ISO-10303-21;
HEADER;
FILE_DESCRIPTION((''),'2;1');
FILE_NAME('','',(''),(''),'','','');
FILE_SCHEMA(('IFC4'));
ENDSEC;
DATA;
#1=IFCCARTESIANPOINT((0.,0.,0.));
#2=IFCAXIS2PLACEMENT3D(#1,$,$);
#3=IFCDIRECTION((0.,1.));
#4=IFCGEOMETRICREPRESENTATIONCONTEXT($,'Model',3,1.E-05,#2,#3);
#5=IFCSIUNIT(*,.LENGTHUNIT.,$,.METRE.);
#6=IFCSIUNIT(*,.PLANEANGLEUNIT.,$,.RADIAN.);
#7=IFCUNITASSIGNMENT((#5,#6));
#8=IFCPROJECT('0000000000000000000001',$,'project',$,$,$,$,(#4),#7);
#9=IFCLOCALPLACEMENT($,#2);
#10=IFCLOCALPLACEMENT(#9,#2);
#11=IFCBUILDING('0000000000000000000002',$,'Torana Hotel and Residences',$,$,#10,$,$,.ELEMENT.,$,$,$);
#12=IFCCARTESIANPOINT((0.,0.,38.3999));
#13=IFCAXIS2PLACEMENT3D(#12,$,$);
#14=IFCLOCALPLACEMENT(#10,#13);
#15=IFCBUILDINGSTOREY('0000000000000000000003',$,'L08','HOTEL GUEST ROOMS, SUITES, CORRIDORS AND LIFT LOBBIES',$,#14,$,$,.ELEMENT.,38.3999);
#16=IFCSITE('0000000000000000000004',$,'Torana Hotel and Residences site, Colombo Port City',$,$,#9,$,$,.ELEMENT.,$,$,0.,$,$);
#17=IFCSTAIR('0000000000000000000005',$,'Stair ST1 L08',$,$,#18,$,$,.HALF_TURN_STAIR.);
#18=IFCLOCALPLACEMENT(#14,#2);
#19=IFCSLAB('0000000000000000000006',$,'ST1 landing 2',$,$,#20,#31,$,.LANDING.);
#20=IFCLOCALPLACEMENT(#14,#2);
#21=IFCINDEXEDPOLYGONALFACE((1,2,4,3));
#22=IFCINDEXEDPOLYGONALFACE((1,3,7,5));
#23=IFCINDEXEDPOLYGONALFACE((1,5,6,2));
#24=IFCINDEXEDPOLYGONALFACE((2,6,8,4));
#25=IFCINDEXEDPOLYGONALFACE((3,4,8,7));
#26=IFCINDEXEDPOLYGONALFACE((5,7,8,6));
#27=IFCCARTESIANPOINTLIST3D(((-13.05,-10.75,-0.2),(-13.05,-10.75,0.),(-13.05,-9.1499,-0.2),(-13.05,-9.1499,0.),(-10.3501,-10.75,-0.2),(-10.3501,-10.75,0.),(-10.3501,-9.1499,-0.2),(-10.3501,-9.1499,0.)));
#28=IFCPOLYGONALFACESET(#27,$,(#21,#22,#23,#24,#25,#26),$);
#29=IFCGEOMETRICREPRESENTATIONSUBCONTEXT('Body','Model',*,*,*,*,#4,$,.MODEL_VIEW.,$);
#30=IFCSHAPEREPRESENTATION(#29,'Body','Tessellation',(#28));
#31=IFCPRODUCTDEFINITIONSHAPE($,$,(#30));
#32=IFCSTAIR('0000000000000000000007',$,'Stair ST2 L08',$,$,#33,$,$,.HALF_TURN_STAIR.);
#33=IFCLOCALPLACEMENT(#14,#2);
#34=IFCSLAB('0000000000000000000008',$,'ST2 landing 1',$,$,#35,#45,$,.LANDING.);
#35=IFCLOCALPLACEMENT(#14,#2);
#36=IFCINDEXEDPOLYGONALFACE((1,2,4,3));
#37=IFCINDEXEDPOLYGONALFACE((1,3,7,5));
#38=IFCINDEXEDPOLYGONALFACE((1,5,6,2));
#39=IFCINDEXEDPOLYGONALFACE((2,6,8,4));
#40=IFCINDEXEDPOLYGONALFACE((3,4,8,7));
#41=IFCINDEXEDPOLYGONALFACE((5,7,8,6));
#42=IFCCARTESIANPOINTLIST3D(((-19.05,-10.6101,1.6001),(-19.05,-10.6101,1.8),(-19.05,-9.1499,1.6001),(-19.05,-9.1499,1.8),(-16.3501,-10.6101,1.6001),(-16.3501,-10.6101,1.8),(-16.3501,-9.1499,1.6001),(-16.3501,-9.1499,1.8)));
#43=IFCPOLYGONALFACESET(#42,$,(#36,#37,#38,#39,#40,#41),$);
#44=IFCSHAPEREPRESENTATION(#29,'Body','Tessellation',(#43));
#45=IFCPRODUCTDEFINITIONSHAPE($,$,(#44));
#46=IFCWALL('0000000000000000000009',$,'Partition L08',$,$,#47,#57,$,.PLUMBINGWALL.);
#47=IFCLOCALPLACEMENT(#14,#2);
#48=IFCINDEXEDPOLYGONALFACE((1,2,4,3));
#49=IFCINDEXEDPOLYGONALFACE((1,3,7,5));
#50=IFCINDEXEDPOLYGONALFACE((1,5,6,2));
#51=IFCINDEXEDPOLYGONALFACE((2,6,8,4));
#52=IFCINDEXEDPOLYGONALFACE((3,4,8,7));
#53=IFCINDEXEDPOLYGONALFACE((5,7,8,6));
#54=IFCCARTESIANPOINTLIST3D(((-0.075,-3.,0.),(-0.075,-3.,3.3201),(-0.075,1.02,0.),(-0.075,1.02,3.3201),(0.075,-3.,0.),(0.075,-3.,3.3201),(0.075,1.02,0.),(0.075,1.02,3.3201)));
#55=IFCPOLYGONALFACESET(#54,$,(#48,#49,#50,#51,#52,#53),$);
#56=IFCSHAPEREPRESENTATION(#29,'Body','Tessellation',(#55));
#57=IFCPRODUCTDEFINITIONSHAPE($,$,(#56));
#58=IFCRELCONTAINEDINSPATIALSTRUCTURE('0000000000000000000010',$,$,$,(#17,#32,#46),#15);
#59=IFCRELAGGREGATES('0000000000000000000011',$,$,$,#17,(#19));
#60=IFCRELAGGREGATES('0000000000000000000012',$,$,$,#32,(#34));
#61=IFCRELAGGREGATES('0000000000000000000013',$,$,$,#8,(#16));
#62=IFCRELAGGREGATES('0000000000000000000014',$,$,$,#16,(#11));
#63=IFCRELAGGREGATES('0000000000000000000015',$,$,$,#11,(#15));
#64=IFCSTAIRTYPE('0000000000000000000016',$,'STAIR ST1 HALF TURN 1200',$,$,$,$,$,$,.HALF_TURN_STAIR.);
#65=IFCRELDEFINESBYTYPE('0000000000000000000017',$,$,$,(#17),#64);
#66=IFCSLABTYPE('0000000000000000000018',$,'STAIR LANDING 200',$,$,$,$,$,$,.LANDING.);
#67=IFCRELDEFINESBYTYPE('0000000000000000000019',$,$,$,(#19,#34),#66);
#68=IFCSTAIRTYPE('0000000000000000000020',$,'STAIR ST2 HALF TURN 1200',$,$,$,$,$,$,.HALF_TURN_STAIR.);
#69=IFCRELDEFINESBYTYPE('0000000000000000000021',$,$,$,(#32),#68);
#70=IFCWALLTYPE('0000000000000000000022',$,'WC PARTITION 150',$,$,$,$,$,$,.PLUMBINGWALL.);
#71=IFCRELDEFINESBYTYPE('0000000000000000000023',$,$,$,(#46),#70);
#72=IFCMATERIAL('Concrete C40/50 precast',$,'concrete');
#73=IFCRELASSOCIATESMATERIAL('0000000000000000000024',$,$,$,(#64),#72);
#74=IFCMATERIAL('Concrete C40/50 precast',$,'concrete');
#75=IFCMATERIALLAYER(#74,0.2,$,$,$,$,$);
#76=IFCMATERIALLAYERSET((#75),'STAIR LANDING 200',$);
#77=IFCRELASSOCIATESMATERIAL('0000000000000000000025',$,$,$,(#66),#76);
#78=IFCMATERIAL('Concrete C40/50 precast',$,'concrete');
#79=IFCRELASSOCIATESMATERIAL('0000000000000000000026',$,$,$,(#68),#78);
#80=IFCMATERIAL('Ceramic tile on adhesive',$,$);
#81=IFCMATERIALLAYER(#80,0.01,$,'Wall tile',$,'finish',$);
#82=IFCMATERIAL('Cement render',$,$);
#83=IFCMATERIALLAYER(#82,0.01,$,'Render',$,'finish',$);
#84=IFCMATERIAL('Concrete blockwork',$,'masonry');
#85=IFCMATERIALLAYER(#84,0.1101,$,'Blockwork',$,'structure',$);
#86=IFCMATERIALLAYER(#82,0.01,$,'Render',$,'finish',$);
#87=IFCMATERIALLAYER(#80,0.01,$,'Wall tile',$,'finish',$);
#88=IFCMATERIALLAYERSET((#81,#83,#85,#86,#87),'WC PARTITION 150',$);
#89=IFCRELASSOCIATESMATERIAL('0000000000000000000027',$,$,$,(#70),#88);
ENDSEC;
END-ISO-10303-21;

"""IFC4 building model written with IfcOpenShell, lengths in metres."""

from ifc_helpers import new_model, si_unit, direction, frame, frame_2d, origin, place, context, subcontext, project, spatial, polyline, rectangle, outline, extrude, material, layer, layer_set, type_object, element, aggregate, save


model = new_model("IFC4")

# Units and contexts
model_context = context("Model", 3, precision=1e-05, world=origin(), true_north=direction((0.0, 1.0)))
body_context = subcontext(model_context, "Body", "Model", "MODEL_VIEW")
ifc_project = project(units=[si_unit("LENGTHUNIT", "METRE"), si_unit("PLANEANGLEUNIT", "RADIAN")], contexts=[model_context])

# Site, building, storey
site_placement = place(None, origin())
site = spatial("IfcSite", under=ifc_project, at=site_placement, Name="Torana Hotel and Residences site, Colombo Port City", CompositionType="ELEMENT", RefElevation=0.0)
building_placement = place(site_placement, origin())
building = spatial("IfcBuilding", under=site, at=building_placement, Name="Torana Hotel and Residences", CompositionType="ELEMENT")
storey_placement = place(building_placement, frame((0.0, 0.0, 38.3999)))
storey = spatial("IfcBuildingStorey", under=building, at=storey_placement, Name="L08", Description="HOTEL GUEST ROOMS, SUITES, CORRIDORS AND LIFT LOBBIES", CompositionType="ELEMENT", Elevation=38.3999)

# Stair, slab
ifc_material_1 = material(Name="Concrete C40/50 precast", Category="concrete")
stair_type_1 = type_object("IfcStairType", Name="STAIR ST1 HALF TURN 1200", PredefinedType="HALF_TURN_STAIR", material=ifc_material_1)
stair_1_placement = place(storey_placement, origin())
stair_1 = element("IfcStair", 1, at=stair_1_placement, inside=storey, type_object=stair_type_1, Name="Stair ST1 L08", PredefinedType="HALF_TURN_STAIR")
ifc_material_2 = material(Name="Concrete C40/50 precast", Category="concrete")
ifc_layer_1 = layer(ifc_material_2, 0.2)
ifc_layer_set_1 = layer_set([ifc_layer_1], Name="STAIR LANDING 200")
slab_type_1 = type_object("IfcSlabType", Name="STAIR LANDING 200", PredefinedType="LANDING", material=ifc_layer_set_1)
slab_1_placement = place(storey_placement, frame((0.0, 0.0, -0.2)))
slab_1 = element("IfcSlab", 2, at=slab_1_placement, type_object=slab_type_1, Name="ST1 landing 2", PredefinedType="LANDING", context=body_context, shape_type="SweptSolid", body=[
    extrude(outline(polyline([(-13.05, -10.75), (-10.3501, -10.75), (-10.3501, -9.1499), (-13.05, -9.1499), (-13.05, -10.75)])), origin(), (0.0, 0.0, 1.0), 0.2),
])
aggregate(stair_1, [slab_1])

# Stair, slab
ifc_material_3 = material(Name="Concrete C40/50 precast", Category="concrete")
stair_type_2 = type_object("IfcStairType", Name="STAIR ST2 HALF TURN 1200", PredefinedType="HALF_TURN_STAIR", material=ifc_material_3)
stair_2_placement = place(storey_placement, origin())
stair_2 = element("IfcStair", 3, at=stair_2_placement, inside=storey, type_object=stair_type_2, Name="Stair ST2 L08", PredefinedType="HALF_TURN_STAIR")
slab_2_placement = place(storey_placement, frame((0.0, 0.0, 1.6001)))
slab_2 = element("IfcSlab", 4, at=slab_2_placement, type_object=slab_type_1, Name="ST2 landing 1", PredefinedType="LANDING", context=body_context, shape_type="SweptSolid", body=[
    extrude(outline(polyline([(-19.05, -10.6101), (-16.3501, -10.6101), (-16.3501, -9.1499), (-19.05, -9.1499), (-19.05, -10.6101)])), origin(), (0.0, 0.0, 1.0), 0.2),
])
aggregate(stair_2, [slab_2])

# Wall
ifc_material_4 = material(Name="Ceramic tile on adhesive")
ifc_layer_2 = layer(ifc_material_4, 0.01, Name="Wall tile", Category="finish")
ifc_material_5 = material(Name="Cement render")
ifc_layer_3 = layer(ifc_material_5, 0.01, Name="Render", Category="finish")
ifc_material_6 = material(Name="Concrete blockwork", Category="masonry")
ifc_layer_4 = layer(ifc_material_6, 0.1101, Name="Blockwork", Category="structure")
ifc_layer_5 = layer(ifc_material_5, 0.01, Name="Render", Category="finish")
ifc_layer_6 = layer(ifc_material_4, 0.01, Name="Wall tile", Category="finish")
ifc_layer_set_2 = layer_set([ifc_layer_2, ifc_layer_3, ifc_layer_4, ifc_layer_5, ifc_layer_6], Name="WC PARTITION 150")
wall_type = type_object("IfcWallType", Name="WC PARTITION 150", PredefinedType="PLUMBINGWALL", material=ifc_layer_set_2)
wall_placement = place(storey_placement, frame((0.0, -3.0, 0.0), z_axis=(0.0, 0.0, 1.0), x_axis=(0.0, 1.0, 0.0)))
element("IfcWall", 5, at=wall_placement, inside=storey, type_object=wall_type, Name="Partition L08", PredefinedType="PLUMBINGWALL", context=body_context, shape_type="SweptSolid", body=[
    extrude(rectangle(XDim=4.02, YDim=0.1499, at=frame_2d((2.01, 0.0))), origin(), (0.0, 0.0, 1.0), 3.3201),
])

save(model, "model.ifc")
